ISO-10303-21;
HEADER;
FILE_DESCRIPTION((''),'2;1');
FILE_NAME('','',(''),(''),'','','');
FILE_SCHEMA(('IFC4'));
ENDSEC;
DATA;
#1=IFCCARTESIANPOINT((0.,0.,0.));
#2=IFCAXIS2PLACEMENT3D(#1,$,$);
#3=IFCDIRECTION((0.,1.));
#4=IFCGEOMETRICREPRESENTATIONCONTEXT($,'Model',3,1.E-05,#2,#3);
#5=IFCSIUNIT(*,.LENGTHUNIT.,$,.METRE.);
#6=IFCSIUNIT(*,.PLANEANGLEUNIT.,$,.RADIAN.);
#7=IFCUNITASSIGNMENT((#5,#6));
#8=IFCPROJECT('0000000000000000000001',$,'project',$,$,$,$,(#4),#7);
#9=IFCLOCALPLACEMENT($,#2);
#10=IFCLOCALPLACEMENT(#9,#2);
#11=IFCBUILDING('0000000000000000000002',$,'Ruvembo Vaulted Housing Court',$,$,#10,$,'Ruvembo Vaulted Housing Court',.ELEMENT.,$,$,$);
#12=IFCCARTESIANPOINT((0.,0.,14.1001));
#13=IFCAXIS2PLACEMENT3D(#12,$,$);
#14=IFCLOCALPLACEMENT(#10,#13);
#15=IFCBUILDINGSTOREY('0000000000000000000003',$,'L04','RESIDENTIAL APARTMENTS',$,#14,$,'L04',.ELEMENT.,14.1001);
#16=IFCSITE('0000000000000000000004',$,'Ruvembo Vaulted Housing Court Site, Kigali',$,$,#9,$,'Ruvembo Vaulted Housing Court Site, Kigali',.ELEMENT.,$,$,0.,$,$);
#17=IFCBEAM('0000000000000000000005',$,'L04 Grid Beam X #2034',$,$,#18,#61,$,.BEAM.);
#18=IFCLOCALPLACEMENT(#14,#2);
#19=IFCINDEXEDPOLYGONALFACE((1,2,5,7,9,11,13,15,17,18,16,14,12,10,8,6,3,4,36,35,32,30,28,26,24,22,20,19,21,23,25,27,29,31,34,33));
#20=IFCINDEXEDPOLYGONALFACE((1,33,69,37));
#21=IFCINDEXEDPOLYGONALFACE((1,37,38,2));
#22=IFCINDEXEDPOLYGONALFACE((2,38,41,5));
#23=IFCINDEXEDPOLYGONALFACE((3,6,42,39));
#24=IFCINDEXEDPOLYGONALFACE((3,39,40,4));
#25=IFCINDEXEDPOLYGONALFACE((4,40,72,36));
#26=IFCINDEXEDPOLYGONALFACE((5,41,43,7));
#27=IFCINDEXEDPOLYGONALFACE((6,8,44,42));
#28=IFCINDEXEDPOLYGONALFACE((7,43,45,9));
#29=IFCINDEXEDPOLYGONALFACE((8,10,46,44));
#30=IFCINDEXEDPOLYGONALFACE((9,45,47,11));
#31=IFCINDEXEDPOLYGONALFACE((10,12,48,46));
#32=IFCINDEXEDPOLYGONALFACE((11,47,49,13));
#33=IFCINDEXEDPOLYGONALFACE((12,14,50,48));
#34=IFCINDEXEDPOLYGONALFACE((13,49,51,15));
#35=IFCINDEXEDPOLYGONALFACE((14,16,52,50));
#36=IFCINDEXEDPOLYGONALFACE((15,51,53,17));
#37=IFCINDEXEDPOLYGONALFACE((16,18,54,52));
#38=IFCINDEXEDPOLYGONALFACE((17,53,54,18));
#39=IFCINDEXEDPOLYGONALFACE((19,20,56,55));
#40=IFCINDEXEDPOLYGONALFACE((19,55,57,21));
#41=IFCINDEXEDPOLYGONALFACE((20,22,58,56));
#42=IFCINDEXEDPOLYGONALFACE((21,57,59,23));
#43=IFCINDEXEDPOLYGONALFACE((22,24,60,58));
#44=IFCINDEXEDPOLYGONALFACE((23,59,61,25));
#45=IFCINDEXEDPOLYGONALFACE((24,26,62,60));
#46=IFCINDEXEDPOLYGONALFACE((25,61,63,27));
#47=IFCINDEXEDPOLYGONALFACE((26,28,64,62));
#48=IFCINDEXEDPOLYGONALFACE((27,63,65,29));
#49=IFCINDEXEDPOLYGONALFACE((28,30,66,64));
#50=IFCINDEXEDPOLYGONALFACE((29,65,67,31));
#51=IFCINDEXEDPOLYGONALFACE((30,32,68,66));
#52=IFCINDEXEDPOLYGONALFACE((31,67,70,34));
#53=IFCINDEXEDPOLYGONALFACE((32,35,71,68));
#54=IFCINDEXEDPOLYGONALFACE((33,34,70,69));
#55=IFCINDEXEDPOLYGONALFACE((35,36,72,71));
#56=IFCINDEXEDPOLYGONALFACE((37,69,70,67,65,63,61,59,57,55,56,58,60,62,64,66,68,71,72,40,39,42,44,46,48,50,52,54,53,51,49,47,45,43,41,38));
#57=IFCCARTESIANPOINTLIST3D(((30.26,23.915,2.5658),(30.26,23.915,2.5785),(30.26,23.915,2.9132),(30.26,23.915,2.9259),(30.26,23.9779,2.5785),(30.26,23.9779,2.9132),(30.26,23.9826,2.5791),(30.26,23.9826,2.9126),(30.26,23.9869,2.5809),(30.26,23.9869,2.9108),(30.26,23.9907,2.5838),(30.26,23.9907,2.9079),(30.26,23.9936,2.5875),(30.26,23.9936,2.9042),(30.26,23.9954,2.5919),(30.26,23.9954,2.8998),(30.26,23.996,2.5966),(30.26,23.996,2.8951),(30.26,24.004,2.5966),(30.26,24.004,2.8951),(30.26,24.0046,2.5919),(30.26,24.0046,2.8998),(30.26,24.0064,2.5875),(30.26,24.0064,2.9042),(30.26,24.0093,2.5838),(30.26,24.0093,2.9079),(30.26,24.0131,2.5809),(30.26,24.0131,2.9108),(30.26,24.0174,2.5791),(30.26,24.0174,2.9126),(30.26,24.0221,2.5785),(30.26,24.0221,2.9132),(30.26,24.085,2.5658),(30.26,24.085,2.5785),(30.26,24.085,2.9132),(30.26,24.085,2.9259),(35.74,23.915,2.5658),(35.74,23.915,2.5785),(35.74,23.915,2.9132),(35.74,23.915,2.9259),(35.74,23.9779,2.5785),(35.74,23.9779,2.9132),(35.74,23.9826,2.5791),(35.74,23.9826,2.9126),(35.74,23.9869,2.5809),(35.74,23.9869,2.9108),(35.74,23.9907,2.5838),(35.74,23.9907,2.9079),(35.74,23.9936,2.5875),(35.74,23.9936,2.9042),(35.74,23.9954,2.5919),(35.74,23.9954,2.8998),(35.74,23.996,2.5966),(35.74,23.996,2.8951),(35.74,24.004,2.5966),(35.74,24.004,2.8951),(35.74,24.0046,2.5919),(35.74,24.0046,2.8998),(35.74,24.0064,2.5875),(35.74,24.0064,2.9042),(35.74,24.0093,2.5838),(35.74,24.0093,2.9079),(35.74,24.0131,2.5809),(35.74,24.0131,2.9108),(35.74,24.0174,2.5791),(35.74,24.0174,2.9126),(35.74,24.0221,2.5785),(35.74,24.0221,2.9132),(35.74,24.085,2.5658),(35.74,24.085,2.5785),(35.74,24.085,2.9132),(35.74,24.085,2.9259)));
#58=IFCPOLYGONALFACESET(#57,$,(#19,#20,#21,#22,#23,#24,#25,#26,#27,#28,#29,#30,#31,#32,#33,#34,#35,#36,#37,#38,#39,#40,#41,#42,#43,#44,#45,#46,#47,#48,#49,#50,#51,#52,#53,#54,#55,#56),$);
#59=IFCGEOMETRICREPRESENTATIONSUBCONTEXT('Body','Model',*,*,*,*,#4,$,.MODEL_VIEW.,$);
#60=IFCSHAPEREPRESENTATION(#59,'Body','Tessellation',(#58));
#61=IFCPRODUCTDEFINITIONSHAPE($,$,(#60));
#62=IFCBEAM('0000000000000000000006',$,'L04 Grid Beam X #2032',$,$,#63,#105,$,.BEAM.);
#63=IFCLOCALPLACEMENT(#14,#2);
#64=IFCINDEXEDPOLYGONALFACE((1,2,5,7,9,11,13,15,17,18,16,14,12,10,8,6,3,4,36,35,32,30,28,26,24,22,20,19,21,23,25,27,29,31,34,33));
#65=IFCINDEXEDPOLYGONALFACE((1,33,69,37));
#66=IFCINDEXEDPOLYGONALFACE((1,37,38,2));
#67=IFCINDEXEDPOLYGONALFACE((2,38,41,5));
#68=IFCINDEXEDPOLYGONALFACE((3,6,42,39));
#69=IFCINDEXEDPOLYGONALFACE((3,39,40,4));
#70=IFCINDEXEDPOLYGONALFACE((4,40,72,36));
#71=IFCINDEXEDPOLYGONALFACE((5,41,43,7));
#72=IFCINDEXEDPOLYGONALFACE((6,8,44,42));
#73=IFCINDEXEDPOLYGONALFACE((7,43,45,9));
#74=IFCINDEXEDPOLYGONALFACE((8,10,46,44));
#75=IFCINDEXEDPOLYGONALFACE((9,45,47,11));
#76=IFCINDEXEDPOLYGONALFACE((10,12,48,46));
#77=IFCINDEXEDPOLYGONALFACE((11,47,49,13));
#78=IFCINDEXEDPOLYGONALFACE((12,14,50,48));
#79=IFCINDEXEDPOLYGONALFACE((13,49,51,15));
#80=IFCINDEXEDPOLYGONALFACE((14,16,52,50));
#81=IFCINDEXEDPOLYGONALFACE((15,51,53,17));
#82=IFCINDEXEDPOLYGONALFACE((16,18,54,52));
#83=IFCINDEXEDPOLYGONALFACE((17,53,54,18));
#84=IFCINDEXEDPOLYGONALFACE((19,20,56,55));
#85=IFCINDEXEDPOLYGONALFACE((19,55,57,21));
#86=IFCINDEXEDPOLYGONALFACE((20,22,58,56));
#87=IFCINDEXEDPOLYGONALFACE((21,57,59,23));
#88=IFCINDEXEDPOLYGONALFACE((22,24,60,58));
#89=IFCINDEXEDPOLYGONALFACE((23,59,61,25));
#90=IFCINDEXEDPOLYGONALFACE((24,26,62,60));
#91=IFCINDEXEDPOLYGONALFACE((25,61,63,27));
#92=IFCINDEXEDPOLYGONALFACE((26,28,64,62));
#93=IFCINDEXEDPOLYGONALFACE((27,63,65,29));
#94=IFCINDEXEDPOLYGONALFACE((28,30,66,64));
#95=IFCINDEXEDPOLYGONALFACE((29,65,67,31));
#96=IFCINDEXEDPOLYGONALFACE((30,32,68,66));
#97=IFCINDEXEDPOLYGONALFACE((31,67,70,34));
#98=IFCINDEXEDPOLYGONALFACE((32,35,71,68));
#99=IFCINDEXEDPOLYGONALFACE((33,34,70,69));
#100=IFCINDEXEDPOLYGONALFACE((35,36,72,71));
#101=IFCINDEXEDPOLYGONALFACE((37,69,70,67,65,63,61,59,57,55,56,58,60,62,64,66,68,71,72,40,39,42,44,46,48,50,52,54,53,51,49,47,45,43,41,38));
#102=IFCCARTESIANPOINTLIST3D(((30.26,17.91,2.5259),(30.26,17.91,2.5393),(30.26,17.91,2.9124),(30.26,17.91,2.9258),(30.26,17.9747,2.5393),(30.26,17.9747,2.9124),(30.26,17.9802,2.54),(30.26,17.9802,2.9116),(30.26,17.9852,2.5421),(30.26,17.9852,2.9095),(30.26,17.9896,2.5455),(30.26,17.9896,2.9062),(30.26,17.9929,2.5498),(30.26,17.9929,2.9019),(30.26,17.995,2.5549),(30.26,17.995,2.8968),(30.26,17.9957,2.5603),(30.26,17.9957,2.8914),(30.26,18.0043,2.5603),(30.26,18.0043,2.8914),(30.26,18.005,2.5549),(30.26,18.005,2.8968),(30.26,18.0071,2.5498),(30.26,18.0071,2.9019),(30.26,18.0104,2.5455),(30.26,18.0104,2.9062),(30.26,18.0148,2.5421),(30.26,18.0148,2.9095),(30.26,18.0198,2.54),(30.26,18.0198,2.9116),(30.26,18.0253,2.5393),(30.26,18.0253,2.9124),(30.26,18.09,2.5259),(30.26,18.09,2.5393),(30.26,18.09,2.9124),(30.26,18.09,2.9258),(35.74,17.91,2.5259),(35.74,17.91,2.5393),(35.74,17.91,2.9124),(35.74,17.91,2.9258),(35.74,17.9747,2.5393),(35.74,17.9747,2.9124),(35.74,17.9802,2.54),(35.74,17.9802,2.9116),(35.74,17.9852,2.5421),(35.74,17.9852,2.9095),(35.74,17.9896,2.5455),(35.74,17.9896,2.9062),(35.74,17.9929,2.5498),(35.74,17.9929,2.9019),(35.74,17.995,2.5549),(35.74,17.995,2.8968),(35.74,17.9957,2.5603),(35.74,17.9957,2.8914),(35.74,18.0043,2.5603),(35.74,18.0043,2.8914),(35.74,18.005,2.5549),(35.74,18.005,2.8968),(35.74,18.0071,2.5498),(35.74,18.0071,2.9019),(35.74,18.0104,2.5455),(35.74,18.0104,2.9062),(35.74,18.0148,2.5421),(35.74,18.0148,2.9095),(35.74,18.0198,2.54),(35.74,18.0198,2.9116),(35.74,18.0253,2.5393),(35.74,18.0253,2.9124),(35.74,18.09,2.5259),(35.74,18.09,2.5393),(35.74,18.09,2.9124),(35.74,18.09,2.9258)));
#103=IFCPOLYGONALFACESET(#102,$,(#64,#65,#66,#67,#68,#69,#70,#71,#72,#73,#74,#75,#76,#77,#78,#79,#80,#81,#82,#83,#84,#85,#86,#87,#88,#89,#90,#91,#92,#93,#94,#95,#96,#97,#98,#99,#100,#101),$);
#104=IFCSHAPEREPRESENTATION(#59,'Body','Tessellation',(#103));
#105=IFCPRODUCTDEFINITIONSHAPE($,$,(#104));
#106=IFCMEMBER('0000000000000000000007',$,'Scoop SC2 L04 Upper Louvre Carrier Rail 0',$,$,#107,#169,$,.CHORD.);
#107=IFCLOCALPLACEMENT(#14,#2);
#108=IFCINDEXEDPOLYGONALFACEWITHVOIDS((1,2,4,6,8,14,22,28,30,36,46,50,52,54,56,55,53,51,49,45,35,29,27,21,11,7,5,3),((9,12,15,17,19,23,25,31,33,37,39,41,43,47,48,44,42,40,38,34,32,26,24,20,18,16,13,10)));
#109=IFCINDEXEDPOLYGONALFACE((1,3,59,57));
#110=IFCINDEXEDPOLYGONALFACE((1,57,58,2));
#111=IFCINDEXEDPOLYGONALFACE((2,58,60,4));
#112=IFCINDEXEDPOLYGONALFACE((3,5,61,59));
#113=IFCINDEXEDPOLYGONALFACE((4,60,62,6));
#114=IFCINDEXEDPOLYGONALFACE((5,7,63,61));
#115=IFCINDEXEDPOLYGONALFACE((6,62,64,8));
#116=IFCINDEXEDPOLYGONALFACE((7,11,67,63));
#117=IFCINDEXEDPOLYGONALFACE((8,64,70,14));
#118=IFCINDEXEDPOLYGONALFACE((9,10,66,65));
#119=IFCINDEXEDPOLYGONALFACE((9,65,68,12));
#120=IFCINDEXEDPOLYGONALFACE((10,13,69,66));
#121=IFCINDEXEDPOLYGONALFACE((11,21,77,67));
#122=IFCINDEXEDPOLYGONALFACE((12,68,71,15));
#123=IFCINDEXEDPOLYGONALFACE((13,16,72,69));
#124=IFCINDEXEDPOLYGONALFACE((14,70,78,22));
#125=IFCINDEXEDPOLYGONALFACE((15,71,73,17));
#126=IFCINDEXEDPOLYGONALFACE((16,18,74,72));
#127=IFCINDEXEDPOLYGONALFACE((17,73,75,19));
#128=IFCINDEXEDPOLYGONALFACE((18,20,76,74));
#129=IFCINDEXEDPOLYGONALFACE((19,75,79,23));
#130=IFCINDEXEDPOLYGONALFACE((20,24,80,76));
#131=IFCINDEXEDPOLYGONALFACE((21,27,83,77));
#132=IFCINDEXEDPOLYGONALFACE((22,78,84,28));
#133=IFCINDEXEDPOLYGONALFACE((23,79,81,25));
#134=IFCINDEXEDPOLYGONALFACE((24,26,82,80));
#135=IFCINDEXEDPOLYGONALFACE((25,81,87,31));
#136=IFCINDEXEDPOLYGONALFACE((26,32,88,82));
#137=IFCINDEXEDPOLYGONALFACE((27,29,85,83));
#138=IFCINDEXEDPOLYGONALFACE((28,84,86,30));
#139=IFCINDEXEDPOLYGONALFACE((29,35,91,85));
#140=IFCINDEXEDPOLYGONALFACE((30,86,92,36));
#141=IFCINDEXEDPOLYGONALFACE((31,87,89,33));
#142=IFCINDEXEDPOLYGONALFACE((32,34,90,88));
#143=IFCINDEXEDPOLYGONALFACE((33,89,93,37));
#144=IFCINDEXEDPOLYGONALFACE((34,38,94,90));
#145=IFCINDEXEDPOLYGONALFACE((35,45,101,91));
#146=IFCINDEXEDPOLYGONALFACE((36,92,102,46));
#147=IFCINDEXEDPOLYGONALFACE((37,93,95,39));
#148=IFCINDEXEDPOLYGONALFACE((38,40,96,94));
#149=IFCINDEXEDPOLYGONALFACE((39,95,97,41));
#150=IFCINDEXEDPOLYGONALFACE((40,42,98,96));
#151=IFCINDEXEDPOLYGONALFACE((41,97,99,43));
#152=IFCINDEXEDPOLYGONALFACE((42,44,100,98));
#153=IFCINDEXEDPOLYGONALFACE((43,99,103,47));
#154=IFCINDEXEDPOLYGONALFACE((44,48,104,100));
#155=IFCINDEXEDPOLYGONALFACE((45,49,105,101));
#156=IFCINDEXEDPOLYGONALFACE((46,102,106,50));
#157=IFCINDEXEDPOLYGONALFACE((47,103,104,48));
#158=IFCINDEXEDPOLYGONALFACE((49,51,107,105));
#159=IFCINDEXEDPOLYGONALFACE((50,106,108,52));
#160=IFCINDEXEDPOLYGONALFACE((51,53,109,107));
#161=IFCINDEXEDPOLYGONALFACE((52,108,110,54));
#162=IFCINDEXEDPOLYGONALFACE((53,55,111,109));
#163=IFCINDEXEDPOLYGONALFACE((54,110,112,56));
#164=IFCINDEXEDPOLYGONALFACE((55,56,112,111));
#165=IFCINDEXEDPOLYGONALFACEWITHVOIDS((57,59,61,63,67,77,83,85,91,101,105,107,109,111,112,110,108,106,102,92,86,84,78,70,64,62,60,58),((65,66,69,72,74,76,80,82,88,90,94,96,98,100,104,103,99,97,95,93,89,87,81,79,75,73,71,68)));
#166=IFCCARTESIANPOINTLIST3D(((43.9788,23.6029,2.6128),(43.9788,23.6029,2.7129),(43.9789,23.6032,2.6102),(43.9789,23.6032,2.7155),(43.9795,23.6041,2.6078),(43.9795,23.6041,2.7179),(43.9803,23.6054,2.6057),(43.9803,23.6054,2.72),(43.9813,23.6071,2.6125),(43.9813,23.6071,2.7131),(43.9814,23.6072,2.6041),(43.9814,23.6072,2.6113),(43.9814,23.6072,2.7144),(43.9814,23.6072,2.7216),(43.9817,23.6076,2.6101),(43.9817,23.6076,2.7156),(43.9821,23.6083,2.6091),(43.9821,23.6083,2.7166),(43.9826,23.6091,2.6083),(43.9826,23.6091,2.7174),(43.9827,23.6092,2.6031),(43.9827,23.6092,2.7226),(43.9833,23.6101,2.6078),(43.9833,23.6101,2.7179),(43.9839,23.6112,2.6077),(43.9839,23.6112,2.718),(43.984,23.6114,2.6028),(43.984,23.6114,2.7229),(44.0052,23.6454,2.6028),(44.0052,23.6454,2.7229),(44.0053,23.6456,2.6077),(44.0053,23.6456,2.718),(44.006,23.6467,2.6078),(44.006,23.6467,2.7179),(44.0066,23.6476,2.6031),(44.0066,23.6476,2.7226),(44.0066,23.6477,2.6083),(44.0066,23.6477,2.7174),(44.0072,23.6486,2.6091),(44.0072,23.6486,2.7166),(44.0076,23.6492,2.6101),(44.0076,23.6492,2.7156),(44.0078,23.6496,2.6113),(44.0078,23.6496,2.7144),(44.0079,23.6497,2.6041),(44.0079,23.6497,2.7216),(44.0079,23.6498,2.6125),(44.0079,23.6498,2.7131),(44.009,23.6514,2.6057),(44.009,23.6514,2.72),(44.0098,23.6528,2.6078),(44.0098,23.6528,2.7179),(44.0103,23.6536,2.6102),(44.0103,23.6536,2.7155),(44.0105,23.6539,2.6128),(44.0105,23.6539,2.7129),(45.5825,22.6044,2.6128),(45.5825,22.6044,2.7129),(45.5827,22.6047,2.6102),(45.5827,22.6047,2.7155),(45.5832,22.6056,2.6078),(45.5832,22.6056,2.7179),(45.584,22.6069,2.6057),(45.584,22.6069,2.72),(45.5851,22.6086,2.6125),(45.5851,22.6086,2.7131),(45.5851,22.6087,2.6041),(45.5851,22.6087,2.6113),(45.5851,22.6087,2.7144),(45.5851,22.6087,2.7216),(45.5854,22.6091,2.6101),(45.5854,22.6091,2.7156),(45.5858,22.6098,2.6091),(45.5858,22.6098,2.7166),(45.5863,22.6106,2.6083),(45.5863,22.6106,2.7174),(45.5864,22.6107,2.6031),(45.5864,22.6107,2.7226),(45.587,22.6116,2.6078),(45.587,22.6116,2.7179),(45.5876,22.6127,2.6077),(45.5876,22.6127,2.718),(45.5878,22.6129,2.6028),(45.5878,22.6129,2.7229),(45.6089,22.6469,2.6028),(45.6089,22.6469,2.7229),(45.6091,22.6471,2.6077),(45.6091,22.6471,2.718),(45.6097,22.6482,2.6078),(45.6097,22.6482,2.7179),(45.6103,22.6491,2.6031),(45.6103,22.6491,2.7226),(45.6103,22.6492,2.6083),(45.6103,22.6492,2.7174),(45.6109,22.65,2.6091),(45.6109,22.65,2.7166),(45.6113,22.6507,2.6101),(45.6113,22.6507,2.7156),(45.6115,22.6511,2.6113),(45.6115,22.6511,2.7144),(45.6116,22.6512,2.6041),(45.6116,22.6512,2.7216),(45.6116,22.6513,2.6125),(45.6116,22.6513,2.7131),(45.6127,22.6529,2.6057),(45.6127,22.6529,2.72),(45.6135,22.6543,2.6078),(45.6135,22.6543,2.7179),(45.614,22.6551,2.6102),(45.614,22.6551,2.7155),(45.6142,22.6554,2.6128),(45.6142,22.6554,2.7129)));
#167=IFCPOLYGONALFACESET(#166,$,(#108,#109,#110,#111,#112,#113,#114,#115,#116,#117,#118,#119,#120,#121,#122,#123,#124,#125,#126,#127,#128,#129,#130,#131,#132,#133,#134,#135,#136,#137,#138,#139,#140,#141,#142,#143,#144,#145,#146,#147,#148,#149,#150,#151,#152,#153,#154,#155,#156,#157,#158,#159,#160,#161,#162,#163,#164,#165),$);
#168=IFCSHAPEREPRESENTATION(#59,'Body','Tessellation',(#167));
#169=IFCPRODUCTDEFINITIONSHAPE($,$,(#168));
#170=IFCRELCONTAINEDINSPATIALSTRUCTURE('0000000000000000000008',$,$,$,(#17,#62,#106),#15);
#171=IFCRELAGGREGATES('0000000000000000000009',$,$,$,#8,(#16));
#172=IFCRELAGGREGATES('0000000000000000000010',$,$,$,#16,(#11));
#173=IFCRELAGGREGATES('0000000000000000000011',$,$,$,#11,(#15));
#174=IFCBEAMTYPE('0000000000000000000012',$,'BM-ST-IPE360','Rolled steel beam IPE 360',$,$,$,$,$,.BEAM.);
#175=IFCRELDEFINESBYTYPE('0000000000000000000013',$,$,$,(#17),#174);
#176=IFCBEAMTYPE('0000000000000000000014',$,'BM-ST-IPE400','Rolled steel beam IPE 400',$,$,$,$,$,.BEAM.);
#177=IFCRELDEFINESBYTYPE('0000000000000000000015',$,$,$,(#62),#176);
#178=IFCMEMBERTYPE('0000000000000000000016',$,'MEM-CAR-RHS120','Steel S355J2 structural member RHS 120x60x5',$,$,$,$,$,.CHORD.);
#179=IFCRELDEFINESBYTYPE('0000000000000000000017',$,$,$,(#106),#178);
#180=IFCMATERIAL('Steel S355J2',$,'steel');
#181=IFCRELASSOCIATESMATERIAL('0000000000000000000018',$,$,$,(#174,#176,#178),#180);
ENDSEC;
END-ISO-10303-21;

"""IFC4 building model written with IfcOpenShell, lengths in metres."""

from ifc_helpers import new_model, si_unit, direction, frame, origin, origin_2d, place, context, subcontext, project, spatial, hollow_rectangle, i_section, extrude, material, material_profile, profile_set, type_object, element, save


model = new_model("IFC4")

# Units and contexts
model_context = context("Model", 3, precision=1e-05, world=origin(), true_north=direction((0.0, 1.0)))
body_context = subcontext(model_context, "Body", "Model", "MODEL_VIEW")
ifc_project = project(units=[si_unit("LENGTHUNIT", "METRE"), si_unit("PLANEANGLEUNIT", "RADIAN")], contexts=[model_context])

# Site, building, storey
site_placement = place(None, origin())
site = spatial("IfcSite", under=ifc_project, at=site_placement, Name="Ruvembo Vaulted Housing Court Site, Kigali", LongName="Ruvembo Vaulted Housing Court Site, Kigali", CompositionType="ELEMENT", RefElevation=0.0)
building_placement = place(site_placement, origin())
building = spatial("IfcBuilding", under=site, at=building_placement, Name="Ruvembo Vaulted Housing Court", LongName="Ruvembo Vaulted Housing Court", CompositionType="ELEMENT")
storey_placement = place(building_placement, frame((0.0, 0.0, 14.1001)))
storey = spatial("IfcBuildingStorey", under=building, at=storey_placement, Name="L04", Description="RESIDENTIAL APARTMENTS", LongName="L04", CompositionType="ELEMENT", Elevation=14.1001)

# Beams
ifc_material_1 = material(Name="Steel S355J2", Category="steel")
ifc_material_profile_1 = material_profile(ifc_material_1, i_section(OverallWidth=0.1699, OverallDepth=0.3601, WebThickness=0.0081, FlangeThickness=0.0127, FilletRadius=0.0181, at=origin_2d()), Name="IPE 360")
ifc_profile_set_1 = profile_set([ifc_material_profile_1], Name="Steel S355J2")
beam_type_1 = type_object("IfcBeamType", Name="BM-ST-IPE360", Description="Rolled steel beam IPE 360", PredefinedType="BEAM", material=ifc_profile_set_1)
beam_1_placement = place(storey_placement, frame((30.26, 24.0, 2.7458), z_axis=(1.0, 0.0, 0.0), x_axis=(0.0, 1.0, 0.0)))
element("IfcBeam", 1, at=beam_1_placement, inside=storey, type_object=beam_type_1, Name="L04 Grid Beam X #2034", PredefinedType="BEAM", context=body_context, shape_type="SweptSolid", body=[
    extrude(i_section(OverallWidth=0.1699, OverallDepth=0.3601, WebThickness=0.0081, FlangeThickness=0.0127, FilletRadius=0.0181, at=origin_2d()), origin(), (0.0, 0.0, 1.0), 5.48),
])
ifc_material_profile_2 = material_profile(ifc_material_1, i_section(OverallWidth=0.1799, OverallDepth=0.3999, WebThickness=0.0085, FlangeThickness=0.0134, FilletRadius=0.021, at=origin_2d()), Name="IPE 400")
ifc_profile_set_2 = profile_set([ifc_material_profile_2], Name="Steel S355J2")
beam_type_2 = type_object("IfcBeamType", Name="BM-ST-IPE400", Description="Rolled steel beam IPE 400", PredefinedType="BEAM", material=ifc_profile_set_2)
beam_2_placement = place(storey_placement, frame((30.26, 18.0, 2.7258), z_axis=(1.0, 0.0, 0.0), x_axis=(0.0, 1.0, 0.0)))
element("IfcBeam", 2, at=beam_2_placement, inside=storey, type_object=beam_type_2, Name="L04 Grid Beam X #2032", PredefinedType="BEAM", context=body_context, shape_type="SweptSolid", body=[
    extrude(i_section(OverallWidth=0.1799, OverallDepth=0.3999, WebThickness=0.0085, FlangeThickness=0.0134, FilletRadius=0.021, at=origin_2d()), origin(), (0.0, 0.0, 1.0), 5.48),
])

# Member
ifc_material_profile_3 = material_profile(ifc_material_1, hollow_rectangle(XDim=0.0601, YDim=0.1201, WallThickness=0.0049, InnerFilletRadius=0.0049, OuterFilletRadius=0.01, at=origin_2d()), Name="RHS 120x60x5")
ifc_profile_set_3 = profile_set([ifc_material_profile_3], Name="Steel S355J2")
member_type_1 = type_object("IfcMemberType", Name="MEM-CAR-RHS120", Description="Steel S355J2 structural member RHS 120x60x5", PredefinedType="CHORD", material=ifc_profile_set_3)
member_1_placement = place(storey_placement, frame((43.9946, 23.6284, 2.6628), z_axis=(0.848905, -0.528546, 0.0), x_axis=(0.528546, 0.848905, 0.0)))
element("IfcMember", 3, at=member_1_placement, inside=storey, type_object=member_type_1, Name="Scoop SC2 L04 Upper Louvre Carrier Rail 0", PredefinedType="CHORD", context=body_context, shape_type="SweptSolid", body=[
    extrude(hollow_rectangle(XDim=0.0601, YDim=0.1201, WallThickness=0.0049, InnerFilletRadius=0.0049, OuterFilletRadius=0.01, at=origin_2d()), origin(), (0.0, 0.0, 1.0), 1.8892),
])

save(model, "model.ifc")
